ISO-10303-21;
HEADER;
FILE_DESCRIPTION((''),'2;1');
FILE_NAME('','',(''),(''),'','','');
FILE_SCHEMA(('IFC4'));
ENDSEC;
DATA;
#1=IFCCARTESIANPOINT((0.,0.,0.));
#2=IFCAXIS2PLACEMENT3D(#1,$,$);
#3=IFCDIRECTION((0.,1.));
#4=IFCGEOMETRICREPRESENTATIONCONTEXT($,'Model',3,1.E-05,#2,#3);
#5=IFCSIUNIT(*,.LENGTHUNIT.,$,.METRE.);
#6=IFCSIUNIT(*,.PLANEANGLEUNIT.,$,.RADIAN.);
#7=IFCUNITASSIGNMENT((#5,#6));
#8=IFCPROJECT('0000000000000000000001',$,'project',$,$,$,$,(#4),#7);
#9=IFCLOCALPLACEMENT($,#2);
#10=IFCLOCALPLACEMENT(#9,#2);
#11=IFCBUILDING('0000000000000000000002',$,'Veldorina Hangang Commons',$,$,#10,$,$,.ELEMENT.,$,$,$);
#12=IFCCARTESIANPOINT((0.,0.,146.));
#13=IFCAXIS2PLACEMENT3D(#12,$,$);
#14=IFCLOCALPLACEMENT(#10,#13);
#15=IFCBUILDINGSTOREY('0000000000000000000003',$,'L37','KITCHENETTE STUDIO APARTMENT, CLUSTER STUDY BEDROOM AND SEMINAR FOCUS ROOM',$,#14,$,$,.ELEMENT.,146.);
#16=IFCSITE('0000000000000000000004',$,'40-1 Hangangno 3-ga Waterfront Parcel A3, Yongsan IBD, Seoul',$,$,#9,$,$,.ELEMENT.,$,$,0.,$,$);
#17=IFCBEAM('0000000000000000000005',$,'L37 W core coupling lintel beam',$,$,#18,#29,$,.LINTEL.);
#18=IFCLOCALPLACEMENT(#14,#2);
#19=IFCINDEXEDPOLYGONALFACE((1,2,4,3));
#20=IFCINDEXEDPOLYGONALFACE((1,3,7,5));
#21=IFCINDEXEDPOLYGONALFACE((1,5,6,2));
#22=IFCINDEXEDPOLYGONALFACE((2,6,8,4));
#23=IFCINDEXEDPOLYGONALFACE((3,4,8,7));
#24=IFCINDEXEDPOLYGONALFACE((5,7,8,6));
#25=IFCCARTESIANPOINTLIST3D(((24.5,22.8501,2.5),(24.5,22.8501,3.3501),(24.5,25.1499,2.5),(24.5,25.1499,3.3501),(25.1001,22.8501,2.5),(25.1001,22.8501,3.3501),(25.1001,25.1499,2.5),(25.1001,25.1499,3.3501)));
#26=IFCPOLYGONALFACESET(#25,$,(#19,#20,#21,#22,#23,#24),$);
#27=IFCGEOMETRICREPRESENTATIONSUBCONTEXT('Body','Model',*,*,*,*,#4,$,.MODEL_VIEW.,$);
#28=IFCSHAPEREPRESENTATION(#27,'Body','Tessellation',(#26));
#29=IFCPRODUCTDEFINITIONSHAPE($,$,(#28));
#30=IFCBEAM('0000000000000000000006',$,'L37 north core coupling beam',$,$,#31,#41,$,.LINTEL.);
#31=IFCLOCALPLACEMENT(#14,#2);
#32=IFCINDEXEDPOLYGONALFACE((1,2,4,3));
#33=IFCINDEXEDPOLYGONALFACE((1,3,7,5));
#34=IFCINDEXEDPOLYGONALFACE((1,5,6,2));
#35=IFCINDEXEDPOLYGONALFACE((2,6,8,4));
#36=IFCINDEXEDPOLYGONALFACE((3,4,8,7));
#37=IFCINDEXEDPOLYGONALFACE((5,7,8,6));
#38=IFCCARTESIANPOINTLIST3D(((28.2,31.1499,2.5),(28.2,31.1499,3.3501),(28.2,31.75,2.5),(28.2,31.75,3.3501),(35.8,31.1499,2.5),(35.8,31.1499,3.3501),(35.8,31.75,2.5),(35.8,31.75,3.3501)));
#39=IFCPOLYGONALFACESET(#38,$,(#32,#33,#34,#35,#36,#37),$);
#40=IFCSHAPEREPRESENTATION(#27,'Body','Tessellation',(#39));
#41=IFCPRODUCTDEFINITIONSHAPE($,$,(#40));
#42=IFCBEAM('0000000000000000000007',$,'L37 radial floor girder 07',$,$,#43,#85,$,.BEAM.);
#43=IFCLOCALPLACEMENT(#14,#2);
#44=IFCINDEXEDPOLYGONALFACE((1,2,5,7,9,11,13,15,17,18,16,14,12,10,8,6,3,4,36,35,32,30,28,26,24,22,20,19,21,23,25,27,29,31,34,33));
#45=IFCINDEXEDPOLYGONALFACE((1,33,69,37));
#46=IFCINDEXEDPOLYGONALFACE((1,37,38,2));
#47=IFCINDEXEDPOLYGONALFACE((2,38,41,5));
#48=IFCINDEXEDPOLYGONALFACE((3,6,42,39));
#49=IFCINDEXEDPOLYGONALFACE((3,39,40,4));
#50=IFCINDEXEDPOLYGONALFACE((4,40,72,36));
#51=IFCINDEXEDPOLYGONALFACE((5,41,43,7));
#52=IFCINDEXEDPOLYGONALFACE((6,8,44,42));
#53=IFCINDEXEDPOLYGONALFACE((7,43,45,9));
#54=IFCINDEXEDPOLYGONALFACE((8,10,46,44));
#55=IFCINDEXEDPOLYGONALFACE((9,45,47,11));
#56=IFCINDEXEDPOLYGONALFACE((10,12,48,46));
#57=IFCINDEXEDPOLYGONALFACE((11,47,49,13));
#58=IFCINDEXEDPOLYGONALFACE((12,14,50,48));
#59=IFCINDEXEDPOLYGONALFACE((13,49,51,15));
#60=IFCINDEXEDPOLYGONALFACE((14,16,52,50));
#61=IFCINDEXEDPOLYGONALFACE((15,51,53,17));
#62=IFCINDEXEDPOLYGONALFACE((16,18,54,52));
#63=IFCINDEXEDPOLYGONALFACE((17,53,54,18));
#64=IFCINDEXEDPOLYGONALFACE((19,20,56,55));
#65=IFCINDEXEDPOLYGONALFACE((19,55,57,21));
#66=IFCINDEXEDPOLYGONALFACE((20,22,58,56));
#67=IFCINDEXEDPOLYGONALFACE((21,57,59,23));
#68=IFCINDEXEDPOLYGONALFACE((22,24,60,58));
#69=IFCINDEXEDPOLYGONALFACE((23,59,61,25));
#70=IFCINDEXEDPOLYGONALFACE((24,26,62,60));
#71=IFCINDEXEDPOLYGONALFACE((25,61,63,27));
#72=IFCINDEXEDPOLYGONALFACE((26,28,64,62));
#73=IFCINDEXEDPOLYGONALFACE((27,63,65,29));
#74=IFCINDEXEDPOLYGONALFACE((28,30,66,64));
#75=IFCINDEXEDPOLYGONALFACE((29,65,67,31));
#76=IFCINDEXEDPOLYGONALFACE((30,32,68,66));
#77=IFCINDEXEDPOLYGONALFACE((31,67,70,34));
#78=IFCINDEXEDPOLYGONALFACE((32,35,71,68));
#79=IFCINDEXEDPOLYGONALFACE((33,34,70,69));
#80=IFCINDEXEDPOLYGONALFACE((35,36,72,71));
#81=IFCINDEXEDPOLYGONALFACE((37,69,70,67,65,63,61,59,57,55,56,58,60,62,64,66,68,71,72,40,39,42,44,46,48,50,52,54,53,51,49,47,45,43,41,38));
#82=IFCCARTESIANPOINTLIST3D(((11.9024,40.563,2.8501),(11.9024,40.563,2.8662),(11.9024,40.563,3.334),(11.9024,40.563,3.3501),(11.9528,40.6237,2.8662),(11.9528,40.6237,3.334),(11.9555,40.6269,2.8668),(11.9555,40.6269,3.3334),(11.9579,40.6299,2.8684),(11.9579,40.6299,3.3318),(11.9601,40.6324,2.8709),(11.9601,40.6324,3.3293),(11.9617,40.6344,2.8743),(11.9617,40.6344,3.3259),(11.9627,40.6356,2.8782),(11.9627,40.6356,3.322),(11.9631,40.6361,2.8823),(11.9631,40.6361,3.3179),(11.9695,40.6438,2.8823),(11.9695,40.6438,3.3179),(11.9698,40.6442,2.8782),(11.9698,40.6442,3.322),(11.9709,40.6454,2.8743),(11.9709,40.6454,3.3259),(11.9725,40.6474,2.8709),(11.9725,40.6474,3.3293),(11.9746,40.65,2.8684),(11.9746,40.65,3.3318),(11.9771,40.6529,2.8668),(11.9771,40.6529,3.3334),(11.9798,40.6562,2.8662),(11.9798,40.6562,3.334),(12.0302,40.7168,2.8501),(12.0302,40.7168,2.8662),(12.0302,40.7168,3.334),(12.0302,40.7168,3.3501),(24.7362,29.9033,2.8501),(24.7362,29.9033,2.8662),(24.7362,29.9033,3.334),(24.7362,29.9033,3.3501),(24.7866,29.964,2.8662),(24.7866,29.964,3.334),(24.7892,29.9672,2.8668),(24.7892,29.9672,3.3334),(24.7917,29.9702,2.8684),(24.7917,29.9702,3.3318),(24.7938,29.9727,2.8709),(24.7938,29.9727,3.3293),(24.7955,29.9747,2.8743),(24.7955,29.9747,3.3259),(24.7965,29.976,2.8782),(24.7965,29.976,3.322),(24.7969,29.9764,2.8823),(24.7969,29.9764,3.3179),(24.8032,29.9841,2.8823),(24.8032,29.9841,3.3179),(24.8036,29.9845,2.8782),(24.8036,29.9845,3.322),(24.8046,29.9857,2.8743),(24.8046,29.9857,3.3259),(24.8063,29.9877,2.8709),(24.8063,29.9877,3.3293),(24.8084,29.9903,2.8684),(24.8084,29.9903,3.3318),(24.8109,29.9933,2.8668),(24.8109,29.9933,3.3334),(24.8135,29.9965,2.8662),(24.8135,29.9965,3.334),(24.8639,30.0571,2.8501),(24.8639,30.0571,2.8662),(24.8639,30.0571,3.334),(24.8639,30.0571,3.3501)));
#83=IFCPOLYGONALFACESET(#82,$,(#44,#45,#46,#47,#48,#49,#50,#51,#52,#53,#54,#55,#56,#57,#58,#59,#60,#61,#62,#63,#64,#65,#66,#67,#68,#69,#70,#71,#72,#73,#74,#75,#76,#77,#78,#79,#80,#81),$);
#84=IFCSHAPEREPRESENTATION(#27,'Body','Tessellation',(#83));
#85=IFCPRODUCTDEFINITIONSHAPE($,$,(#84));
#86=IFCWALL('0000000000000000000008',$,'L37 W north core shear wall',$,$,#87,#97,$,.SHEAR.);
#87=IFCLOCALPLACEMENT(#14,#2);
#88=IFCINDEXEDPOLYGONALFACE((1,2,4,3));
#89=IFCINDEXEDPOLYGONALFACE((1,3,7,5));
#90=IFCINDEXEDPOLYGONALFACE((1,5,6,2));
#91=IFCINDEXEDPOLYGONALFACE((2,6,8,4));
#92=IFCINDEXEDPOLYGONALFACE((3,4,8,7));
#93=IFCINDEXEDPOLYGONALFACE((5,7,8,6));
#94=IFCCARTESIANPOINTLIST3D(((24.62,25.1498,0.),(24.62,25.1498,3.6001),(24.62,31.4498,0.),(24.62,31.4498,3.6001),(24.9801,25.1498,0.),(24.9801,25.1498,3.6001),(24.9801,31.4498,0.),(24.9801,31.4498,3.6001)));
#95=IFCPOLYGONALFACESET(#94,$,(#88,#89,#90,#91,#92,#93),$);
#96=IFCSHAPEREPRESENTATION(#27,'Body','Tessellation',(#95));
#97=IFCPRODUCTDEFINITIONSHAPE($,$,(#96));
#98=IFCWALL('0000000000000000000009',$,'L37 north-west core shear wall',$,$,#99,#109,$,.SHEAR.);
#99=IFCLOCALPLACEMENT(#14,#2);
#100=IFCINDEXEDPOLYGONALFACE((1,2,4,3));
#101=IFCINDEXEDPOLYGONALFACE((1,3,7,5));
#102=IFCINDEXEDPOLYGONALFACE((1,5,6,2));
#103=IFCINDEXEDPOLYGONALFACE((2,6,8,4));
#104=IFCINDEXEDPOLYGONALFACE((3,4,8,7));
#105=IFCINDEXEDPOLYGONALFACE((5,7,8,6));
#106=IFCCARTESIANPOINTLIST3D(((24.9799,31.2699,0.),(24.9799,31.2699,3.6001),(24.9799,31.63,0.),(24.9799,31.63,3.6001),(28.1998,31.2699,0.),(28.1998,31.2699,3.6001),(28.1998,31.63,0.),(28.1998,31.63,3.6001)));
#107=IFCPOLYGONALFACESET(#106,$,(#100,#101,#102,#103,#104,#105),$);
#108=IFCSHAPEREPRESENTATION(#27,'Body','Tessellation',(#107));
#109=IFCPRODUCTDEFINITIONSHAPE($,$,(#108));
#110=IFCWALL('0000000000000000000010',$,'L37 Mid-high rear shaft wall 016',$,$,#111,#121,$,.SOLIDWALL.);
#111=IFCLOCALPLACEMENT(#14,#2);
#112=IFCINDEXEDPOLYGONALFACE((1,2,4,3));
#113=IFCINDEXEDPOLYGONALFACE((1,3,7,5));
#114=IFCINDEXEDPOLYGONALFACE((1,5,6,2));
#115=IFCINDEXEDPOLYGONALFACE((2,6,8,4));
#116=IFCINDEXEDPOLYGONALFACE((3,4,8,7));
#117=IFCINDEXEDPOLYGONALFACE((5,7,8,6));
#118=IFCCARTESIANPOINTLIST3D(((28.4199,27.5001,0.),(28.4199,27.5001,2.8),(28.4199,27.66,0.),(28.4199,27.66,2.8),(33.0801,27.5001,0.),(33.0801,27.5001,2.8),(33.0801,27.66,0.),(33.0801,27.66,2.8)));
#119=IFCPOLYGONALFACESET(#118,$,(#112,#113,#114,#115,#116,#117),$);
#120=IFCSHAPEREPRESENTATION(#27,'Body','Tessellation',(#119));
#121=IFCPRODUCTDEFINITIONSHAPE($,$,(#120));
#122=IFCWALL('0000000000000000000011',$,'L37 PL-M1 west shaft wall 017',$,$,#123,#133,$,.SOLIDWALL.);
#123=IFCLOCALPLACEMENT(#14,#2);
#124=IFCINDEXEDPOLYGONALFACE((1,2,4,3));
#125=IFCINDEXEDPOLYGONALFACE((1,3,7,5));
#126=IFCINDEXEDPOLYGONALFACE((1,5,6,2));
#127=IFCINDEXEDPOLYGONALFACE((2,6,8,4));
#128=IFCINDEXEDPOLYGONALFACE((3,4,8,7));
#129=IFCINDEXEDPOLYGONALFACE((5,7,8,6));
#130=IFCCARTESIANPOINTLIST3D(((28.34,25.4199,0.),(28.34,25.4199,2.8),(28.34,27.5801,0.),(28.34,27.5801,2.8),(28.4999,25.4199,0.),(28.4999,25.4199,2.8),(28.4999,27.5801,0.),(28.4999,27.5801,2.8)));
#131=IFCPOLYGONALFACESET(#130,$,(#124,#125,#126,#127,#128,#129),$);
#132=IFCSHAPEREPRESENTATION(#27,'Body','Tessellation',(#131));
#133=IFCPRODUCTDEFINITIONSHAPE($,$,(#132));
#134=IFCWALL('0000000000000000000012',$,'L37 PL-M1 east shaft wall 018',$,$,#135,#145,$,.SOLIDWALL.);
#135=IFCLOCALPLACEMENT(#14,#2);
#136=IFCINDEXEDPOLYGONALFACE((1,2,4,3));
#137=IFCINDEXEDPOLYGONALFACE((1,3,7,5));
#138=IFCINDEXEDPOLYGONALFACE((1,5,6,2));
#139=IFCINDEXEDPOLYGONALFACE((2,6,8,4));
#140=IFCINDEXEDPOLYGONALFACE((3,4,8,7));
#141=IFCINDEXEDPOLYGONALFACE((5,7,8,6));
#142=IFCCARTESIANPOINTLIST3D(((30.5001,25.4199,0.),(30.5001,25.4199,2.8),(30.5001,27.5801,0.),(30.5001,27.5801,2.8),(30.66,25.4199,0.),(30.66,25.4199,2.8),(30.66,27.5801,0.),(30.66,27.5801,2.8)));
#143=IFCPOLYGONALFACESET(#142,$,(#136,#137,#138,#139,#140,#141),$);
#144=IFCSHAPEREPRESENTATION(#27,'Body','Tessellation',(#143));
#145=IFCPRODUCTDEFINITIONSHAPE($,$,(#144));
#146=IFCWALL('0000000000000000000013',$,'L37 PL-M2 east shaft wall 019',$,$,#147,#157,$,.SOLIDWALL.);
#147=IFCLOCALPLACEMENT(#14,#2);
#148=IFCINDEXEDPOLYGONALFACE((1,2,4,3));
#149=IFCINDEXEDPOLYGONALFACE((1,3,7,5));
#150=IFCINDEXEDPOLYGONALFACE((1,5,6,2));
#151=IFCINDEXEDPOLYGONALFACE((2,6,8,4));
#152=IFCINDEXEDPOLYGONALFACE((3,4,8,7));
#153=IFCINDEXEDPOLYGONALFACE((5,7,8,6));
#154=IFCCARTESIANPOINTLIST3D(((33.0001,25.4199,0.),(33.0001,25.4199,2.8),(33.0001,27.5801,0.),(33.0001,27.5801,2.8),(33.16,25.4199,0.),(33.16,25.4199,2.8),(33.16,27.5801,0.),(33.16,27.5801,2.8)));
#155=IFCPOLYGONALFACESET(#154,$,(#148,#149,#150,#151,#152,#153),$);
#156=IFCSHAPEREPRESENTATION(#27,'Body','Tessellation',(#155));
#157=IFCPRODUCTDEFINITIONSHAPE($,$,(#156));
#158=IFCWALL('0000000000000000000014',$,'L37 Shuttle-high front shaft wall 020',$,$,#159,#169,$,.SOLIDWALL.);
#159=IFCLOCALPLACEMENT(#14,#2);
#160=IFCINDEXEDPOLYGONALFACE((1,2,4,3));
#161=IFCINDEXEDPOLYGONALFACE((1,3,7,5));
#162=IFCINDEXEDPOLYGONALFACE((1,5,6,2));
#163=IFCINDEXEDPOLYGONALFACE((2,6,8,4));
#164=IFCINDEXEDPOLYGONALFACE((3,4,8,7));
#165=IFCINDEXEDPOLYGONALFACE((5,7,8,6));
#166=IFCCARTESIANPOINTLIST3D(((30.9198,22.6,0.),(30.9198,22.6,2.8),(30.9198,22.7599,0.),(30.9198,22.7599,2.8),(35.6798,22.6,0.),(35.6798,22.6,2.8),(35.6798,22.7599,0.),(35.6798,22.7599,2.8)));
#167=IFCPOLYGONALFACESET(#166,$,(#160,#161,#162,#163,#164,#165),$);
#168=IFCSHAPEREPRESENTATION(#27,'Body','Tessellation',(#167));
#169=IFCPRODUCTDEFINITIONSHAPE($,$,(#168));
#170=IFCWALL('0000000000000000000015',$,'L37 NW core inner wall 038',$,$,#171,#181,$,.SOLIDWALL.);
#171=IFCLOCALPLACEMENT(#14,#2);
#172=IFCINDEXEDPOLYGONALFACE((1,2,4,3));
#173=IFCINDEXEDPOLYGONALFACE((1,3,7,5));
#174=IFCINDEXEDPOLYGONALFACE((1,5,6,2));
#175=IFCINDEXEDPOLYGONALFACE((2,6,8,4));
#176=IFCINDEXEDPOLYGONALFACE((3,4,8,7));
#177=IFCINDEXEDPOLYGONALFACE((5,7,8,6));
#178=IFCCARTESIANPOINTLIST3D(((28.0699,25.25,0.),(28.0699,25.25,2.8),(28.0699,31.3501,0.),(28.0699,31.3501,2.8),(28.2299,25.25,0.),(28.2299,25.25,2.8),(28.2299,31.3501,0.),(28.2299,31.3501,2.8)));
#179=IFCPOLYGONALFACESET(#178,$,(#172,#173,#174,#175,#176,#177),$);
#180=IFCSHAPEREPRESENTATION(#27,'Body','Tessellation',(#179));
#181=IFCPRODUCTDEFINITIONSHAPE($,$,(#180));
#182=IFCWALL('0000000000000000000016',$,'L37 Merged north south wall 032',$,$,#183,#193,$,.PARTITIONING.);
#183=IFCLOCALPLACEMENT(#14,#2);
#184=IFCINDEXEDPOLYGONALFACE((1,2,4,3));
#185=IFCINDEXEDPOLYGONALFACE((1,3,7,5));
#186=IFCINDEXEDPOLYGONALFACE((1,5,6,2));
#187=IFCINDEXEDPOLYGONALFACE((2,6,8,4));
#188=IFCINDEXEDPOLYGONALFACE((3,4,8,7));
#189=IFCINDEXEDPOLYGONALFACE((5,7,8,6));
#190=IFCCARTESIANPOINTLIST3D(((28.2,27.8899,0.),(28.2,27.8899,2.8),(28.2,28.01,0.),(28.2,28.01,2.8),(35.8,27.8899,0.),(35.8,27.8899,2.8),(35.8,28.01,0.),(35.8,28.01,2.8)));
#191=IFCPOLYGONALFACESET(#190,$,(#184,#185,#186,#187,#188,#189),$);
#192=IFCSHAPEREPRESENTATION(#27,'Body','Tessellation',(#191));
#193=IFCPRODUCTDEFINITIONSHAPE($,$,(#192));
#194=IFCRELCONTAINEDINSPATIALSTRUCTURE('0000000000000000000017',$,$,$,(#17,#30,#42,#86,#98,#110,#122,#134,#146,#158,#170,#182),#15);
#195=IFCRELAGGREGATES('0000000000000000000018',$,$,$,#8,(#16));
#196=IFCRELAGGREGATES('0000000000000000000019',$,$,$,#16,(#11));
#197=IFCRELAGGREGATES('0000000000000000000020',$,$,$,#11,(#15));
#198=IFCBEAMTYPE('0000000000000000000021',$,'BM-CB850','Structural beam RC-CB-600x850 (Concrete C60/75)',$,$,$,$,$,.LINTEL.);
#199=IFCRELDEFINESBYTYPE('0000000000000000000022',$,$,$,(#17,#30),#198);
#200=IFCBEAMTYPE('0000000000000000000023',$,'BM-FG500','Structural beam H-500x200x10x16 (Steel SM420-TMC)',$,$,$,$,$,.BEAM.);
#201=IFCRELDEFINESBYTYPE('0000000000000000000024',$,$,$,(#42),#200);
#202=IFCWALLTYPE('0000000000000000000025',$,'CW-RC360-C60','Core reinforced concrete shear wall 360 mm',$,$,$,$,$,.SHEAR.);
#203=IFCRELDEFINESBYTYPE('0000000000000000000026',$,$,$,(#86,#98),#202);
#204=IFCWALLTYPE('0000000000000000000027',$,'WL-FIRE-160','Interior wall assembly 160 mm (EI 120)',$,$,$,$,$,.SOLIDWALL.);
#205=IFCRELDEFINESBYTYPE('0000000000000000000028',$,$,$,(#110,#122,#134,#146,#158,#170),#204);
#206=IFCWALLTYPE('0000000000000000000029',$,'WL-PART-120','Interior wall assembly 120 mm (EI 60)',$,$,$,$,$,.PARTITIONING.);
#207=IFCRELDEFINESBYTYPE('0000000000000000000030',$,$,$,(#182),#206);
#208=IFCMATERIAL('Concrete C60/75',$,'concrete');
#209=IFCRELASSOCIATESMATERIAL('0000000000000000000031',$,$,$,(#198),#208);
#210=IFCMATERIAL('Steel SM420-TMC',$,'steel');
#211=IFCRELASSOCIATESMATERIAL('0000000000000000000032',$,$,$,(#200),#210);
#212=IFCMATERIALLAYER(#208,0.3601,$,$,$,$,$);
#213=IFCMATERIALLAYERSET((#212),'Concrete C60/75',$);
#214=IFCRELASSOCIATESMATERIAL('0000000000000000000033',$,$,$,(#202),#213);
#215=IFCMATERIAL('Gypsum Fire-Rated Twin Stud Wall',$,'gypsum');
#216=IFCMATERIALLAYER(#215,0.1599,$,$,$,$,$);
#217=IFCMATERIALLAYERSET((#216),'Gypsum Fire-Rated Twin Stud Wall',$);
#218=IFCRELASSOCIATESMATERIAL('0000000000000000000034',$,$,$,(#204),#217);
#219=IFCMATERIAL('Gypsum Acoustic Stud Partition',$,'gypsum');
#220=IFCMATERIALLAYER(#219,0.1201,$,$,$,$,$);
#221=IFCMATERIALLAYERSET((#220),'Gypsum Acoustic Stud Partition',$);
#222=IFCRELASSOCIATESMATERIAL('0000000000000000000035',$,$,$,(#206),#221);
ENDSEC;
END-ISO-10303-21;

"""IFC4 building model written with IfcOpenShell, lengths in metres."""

from ifc_helpers import new_model, si_unit, direction, frame, frame_2d, origin, origin_2d, place, context, subcontext, project, spatial, rectangle, i_section, extrude, material, layer, layer_set, material_profile, profile_set, type_object, element, save


model = new_model("IFC4")

# Units and contexts
model_context = context("Model", 3, precision=1e-05, world=origin(), true_north=direction((0.0, 1.0)))
body_context = subcontext(model_context, "Body", "Model", "MODEL_VIEW")
ifc_project = project(units=[si_unit("LENGTHUNIT", "METRE"), si_unit("PLANEANGLEUNIT", "RADIAN")], contexts=[model_context])

# Site, building, storey
site_placement = place(None, origin())
site = spatial("IfcSite", under=ifc_project, at=site_placement, Name="40-1 Hangangno 3-ga Waterfront Parcel A3, Yongsan IBD, Seoul", CompositionType="ELEMENT", RefElevation=0.0)
building_placement = place(site_placement, origin())
building = spatial("IfcBuilding", under=site, at=building_placement, Name="Veldorina Hangang Commons", CompositionType="ELEMENT")
storey_placement = place(building_placement, frame((0.0, 0.0, 146.0)))
storey = spatial("IfcBuildingStorey", under=building, at=storey_placement, Name="L37", Description="KITCHENETTE STUDIO APARTMENT, CLUSTER STUDY BEDROOM AND SEMINAR FOCUS ROOM", CompositionType="ELEMENT", Elevation=146.0)

# Beams
ifc_material_1 = material(Name="Concrete C60/75", Category="concrete")
ifc_material_profile_1 = material_profile(ifc_material_1, rectangle(XDim=0.6001, YDim=0.8501, at=origin_2d()), Name="RC-CB-600x850")
ifc_profile_set_1 = profile_set([ifc_material_profile_1], Name="Concrete C60/75")
beam_type_1 = type_object("IfcBeamType", Name="BM-CB850", Description="Structural beam RC-CB-600x850 (Concrete C60/75)", PredefinedType="LINTEL", material=ifc_profile_set_1)
beam_1_placement = place(storey_placement, frame((24.8, 22.8501, 2.925), z_axis=(0.0, 1.0, 0.0), x_axis=(-1.0, 0.0, 0.0)))
element("IfcBeam", 1, at=beam_1_placement, inside=storey, type_object=beam_type_1, Name="L37 W core coupling lintel beam", PredefinedType="LINTEL", context=body_context, shape_type="SweptSolid", body=[
    extrude(rectangle(XDim=0.6001, YDim=0.8501, at=origin_2d()), origin(), (0.0, 0.0, 1.0), 2.2998),
])
beam_2_placement = place(storey_placement, frame((28.2, 31.45, 2.925), z_axis=(1.0, 0.0, 0.0), x_axis=(0.0, 1.0, 0.0)))
element("IfcBeam", 2, at=beam_2_placement, inside=storey, type_object=beam_type_1, Name="L37 north core coupling beam", PredefinedType="LINTEL", context=body_context, shape_type="SweptSolid", body=[
    extrude(rectangle(XDim=0.6001, YDim=0.8501, at=origin_2d()), origin(), (0.0, 0.0, 1.0), 7.6001),
])
ifc_material_2 = material(Name="Steel SM420-TMC", Category="steel")
ifc_material_profile_2 = material_profile(ifc_material_2, i_section(OverallWidth=0.2, OverallDepth=0.5, WebThickness=0.01, FlangeThickness=0.0161, FilletRadius=0.0161, at=origin_2d()), Name="H-500x200x10x16")
ifc_profile_set_2 = profile_set([ifc_material_profile_2], Name="Steel SM420-TMC")
beam_type_2 = type_object("IfcBeamType", Name="BM-FG500", Description="Structural beam H-500x200x10x16 (Steel SM420-TMC)", PredefinedType="BEAM", material=ifc_profile_set_2)
beam_3_placement = place(storey_placement, frame((24.8, 29.9802, 3.1001), z_axis=(-0.769255, 0.638941, 0.0), x_axis=(-0.638941, -0.769255, 0.0)))
element("IfcBeam", 3, at=beam_3_placement, inside=storey, type_object=beam_type_2, Name="L37 radial floor girder 07", PredefinedType="BEAM", context=body_context, shape_type="SweptSolid", body=[
    extrude(i_section(OverallWidth=0.2, OverallDepth=0.5, WebThickness=0.01, FlangeThickness=0.0161, FilletRadius=0.0161, at=origin_2d()), origin(), (0.0, 0.0, 1.0), 16.6833),
])

# Walls
ifc_layer_1 = layer(ifc_material_1, 0.3601)
ifc_layer_set_1 = layer_set([ifc_layer_1], Name="Concrete C60/75")
wall_type_1 = type_object("IfcWallType", Name="CW-RC360-C60", Description="Core reinforced concrete shear wall 360 mm", PredefinedType="SHEAR", material=ifc_layer_set_1)
wall_1_placement = place(storey_placement, frame((24.8, 25.1499, 0.0), z_axis=(0.0, 0.0, 1.0), x_axis=(0.0, 1.0, 0.0)))
element("IfcWall", 4, at=wall_1_placement, inside=storey, type_object=wall_type_1, Name="L37 W north core shear wall", PredefinedType="SHEAR", context=body_context, shape_type="SweptSolid", body=[
    extrude(rectangle(XDim=6.3, YDim=0.3601, at=frame_2d((3.1499, 0.0))), origin(), (0.0, 0.0, 1.0), 3.6001),
])
wall_2_placement = place(storey_placement, frame((24.98, 31.45, 0.0), z_axis=(0.0, 0.0, 1.0), x_axis=(1.0, 0.0, 0.0)))
element("IfcWall", 5, at=wall_2_placement, inside=storey, type_object=wall_type_1, Name="L37 north-west core shear wall", PredefinedType="SHEAR", context=body_context, shape_type="SweptSolid", body=[
    extrude(rectangle(XDim=3.22, YDim=0.3601, at=frame_2d((1.6099, 0.0))), origin(), (0.0, 0.0, 1.0), 3.6001),
])

# Shared definitions
ifc_material_3 = material(Name="Gypsum Fire-Rated Twin Stud Wall", Category="gypsum")
ifc_layer_2 = layer(ifc_material_3, 0.1599)
ifc_layer_set_2 = layer_set([ifc_layer_2], Name="Gypsum Fire-Rated Twin Stud Wall")
wall_type_2 = type_object("IfcWallType", Name="WL-FIRE-160", Description="Interior wall assembly 160 mm (EI 120)", PredefinedType="SOLIDWALL", material=ifc_layer_set_2)

# Walls
wall_3_placement = place(storey_placement, frame((28.4199, 27.5801, 0.0), z_axis=(0.0, 0.0, 1.0), x_axis=(1.0, 0.0, 0.0)))
element("IfcWall", 6, at=wall_3_placement, inside=storey, type_object=wall_type_2, Name="L37 Mid-high rear shaft wall 016", PredefinedType="SOLIDWALL", context=body_context, shape_type="SweptSolid", body=[
    extrude(rectangle(XDim=4.6602, YDim=0.1599, at=frame_2d((2.3301, 0.0))), origin(), (0.0, 0.0, 1.0), 2.8),
])
for number, where, z_axis, x_axis, name in (
    (7, (28.4199, 25.4199, 0.0), (0.0, 0.0, 1.0), (0.0, 1.0, 0.0), "L37 PL-M1 west shaft wall 017"),
    (8, (30.5801, 25.4199, 0.0), (0.0, 0.0, 1.0), (0.0, 1.0, 0.0), "L37 PL-M1 east shaft wall 018"),
    (9, (33.0801, 25.4199, 0.0), (0.0, 0.0, 1.0), (0.0, 1.0, 0.0), "L37 PL-M2 east shaft wall 019"),
):
    element("IfcWall", number, at=place(storey_placement, frame(where, z_axis=z_axis, x_axis=x_axis)), inside=storey, type_object=wall_type_2, Name=name, PredefinedType="SOLIDWALL", context=body_context, shape_type="SweptSolid", body=[
        extrude(rectangle(XDim=2.1602, YDim=0.1599, at=frame_2d((1.0801, 0.0))), origin(), (0.0, 0.0, 1.0), 2.8),
    ])
wall_4_placement = place(storey_placement, frame((30.9199, 22.6799, 0.0), z_axis=(0.0, 0.0, 1.0), x_axis=(1.0, 0.0, 0.0)))
element("IfcWall", 10, at=wall_4_placement, inside=storey, type_object=wall_type_2, Name="L37 Shuttle-high front shaft wall 020", PredefinedType="SOLIDWALL", context=body_context, shape_type="SweptSolid", body=[
    extrude(rectangle(XDim=4.76, YDim=0.1599, at=frame_2d((2.3799, 0.0))), origin(), (0.0, 0.0, 1.0), 2.8),
])
wall_5_placement = place(storey_placement, frame((28.1499, 25.25, 0.0), z_axis=(0.0, 0.0, 1.0), x_axis=(0.0, 1.0, 0.0)))
element("IfcWall", 11, at=wall_5_placement, inside=storey, type_object=wall_type_2, Name="L37 NW core inner wall 038", PredefinedType="SOLIDWALL", context=body_context, shape_type="SweptSolid", body=[
    extrude(rectangle(XDim=6.1001, YDim=0.1599, at=frame_2d((3.05, 0.0))), origin(), (0.0, 0.0, 1.0), 2.8),
])
ifc_material_4 = material(Name="Gypsum Acoustic Stud Partition", Category="gypsum")
ifc_layer_3 = layer(ifc_material_4, 0.1201)
ifc_layer_set_3 = layer_set([ifc_layer_3], Name="Gypsum Acoustic Stud Partition")
wall_type_3 = type_object("IfcWallType", Name="WL-PART-120", Description="Interior wall assembly 120 mm (EI 60)", PredefinedType="PARTITIONING", material=ifc_layer_set_3)
wall_6_placement = place(storey_placement, frame((28.2, 27.95, 0.0), z_axis=(0.0, 0.0, 1.0), x_axis=(1.0, 0.0, 0.0)))
element("IfcWall", 12, at=wall_6_placement, inside=storey, type_object=wall_type_3, Name="L37 Merged north south wall 032", PredefinedType="PARTITIONING", context=body_context, shape_type="SweptSolid", body=[
    extrude(rectangle(XDim=7.6001, YDim=0.1201, at=frame_2d((3.8, 0.0))), origin(), (0.0, 0.0, 1.0), 2.8),
])

save(model, "model.ifc")
